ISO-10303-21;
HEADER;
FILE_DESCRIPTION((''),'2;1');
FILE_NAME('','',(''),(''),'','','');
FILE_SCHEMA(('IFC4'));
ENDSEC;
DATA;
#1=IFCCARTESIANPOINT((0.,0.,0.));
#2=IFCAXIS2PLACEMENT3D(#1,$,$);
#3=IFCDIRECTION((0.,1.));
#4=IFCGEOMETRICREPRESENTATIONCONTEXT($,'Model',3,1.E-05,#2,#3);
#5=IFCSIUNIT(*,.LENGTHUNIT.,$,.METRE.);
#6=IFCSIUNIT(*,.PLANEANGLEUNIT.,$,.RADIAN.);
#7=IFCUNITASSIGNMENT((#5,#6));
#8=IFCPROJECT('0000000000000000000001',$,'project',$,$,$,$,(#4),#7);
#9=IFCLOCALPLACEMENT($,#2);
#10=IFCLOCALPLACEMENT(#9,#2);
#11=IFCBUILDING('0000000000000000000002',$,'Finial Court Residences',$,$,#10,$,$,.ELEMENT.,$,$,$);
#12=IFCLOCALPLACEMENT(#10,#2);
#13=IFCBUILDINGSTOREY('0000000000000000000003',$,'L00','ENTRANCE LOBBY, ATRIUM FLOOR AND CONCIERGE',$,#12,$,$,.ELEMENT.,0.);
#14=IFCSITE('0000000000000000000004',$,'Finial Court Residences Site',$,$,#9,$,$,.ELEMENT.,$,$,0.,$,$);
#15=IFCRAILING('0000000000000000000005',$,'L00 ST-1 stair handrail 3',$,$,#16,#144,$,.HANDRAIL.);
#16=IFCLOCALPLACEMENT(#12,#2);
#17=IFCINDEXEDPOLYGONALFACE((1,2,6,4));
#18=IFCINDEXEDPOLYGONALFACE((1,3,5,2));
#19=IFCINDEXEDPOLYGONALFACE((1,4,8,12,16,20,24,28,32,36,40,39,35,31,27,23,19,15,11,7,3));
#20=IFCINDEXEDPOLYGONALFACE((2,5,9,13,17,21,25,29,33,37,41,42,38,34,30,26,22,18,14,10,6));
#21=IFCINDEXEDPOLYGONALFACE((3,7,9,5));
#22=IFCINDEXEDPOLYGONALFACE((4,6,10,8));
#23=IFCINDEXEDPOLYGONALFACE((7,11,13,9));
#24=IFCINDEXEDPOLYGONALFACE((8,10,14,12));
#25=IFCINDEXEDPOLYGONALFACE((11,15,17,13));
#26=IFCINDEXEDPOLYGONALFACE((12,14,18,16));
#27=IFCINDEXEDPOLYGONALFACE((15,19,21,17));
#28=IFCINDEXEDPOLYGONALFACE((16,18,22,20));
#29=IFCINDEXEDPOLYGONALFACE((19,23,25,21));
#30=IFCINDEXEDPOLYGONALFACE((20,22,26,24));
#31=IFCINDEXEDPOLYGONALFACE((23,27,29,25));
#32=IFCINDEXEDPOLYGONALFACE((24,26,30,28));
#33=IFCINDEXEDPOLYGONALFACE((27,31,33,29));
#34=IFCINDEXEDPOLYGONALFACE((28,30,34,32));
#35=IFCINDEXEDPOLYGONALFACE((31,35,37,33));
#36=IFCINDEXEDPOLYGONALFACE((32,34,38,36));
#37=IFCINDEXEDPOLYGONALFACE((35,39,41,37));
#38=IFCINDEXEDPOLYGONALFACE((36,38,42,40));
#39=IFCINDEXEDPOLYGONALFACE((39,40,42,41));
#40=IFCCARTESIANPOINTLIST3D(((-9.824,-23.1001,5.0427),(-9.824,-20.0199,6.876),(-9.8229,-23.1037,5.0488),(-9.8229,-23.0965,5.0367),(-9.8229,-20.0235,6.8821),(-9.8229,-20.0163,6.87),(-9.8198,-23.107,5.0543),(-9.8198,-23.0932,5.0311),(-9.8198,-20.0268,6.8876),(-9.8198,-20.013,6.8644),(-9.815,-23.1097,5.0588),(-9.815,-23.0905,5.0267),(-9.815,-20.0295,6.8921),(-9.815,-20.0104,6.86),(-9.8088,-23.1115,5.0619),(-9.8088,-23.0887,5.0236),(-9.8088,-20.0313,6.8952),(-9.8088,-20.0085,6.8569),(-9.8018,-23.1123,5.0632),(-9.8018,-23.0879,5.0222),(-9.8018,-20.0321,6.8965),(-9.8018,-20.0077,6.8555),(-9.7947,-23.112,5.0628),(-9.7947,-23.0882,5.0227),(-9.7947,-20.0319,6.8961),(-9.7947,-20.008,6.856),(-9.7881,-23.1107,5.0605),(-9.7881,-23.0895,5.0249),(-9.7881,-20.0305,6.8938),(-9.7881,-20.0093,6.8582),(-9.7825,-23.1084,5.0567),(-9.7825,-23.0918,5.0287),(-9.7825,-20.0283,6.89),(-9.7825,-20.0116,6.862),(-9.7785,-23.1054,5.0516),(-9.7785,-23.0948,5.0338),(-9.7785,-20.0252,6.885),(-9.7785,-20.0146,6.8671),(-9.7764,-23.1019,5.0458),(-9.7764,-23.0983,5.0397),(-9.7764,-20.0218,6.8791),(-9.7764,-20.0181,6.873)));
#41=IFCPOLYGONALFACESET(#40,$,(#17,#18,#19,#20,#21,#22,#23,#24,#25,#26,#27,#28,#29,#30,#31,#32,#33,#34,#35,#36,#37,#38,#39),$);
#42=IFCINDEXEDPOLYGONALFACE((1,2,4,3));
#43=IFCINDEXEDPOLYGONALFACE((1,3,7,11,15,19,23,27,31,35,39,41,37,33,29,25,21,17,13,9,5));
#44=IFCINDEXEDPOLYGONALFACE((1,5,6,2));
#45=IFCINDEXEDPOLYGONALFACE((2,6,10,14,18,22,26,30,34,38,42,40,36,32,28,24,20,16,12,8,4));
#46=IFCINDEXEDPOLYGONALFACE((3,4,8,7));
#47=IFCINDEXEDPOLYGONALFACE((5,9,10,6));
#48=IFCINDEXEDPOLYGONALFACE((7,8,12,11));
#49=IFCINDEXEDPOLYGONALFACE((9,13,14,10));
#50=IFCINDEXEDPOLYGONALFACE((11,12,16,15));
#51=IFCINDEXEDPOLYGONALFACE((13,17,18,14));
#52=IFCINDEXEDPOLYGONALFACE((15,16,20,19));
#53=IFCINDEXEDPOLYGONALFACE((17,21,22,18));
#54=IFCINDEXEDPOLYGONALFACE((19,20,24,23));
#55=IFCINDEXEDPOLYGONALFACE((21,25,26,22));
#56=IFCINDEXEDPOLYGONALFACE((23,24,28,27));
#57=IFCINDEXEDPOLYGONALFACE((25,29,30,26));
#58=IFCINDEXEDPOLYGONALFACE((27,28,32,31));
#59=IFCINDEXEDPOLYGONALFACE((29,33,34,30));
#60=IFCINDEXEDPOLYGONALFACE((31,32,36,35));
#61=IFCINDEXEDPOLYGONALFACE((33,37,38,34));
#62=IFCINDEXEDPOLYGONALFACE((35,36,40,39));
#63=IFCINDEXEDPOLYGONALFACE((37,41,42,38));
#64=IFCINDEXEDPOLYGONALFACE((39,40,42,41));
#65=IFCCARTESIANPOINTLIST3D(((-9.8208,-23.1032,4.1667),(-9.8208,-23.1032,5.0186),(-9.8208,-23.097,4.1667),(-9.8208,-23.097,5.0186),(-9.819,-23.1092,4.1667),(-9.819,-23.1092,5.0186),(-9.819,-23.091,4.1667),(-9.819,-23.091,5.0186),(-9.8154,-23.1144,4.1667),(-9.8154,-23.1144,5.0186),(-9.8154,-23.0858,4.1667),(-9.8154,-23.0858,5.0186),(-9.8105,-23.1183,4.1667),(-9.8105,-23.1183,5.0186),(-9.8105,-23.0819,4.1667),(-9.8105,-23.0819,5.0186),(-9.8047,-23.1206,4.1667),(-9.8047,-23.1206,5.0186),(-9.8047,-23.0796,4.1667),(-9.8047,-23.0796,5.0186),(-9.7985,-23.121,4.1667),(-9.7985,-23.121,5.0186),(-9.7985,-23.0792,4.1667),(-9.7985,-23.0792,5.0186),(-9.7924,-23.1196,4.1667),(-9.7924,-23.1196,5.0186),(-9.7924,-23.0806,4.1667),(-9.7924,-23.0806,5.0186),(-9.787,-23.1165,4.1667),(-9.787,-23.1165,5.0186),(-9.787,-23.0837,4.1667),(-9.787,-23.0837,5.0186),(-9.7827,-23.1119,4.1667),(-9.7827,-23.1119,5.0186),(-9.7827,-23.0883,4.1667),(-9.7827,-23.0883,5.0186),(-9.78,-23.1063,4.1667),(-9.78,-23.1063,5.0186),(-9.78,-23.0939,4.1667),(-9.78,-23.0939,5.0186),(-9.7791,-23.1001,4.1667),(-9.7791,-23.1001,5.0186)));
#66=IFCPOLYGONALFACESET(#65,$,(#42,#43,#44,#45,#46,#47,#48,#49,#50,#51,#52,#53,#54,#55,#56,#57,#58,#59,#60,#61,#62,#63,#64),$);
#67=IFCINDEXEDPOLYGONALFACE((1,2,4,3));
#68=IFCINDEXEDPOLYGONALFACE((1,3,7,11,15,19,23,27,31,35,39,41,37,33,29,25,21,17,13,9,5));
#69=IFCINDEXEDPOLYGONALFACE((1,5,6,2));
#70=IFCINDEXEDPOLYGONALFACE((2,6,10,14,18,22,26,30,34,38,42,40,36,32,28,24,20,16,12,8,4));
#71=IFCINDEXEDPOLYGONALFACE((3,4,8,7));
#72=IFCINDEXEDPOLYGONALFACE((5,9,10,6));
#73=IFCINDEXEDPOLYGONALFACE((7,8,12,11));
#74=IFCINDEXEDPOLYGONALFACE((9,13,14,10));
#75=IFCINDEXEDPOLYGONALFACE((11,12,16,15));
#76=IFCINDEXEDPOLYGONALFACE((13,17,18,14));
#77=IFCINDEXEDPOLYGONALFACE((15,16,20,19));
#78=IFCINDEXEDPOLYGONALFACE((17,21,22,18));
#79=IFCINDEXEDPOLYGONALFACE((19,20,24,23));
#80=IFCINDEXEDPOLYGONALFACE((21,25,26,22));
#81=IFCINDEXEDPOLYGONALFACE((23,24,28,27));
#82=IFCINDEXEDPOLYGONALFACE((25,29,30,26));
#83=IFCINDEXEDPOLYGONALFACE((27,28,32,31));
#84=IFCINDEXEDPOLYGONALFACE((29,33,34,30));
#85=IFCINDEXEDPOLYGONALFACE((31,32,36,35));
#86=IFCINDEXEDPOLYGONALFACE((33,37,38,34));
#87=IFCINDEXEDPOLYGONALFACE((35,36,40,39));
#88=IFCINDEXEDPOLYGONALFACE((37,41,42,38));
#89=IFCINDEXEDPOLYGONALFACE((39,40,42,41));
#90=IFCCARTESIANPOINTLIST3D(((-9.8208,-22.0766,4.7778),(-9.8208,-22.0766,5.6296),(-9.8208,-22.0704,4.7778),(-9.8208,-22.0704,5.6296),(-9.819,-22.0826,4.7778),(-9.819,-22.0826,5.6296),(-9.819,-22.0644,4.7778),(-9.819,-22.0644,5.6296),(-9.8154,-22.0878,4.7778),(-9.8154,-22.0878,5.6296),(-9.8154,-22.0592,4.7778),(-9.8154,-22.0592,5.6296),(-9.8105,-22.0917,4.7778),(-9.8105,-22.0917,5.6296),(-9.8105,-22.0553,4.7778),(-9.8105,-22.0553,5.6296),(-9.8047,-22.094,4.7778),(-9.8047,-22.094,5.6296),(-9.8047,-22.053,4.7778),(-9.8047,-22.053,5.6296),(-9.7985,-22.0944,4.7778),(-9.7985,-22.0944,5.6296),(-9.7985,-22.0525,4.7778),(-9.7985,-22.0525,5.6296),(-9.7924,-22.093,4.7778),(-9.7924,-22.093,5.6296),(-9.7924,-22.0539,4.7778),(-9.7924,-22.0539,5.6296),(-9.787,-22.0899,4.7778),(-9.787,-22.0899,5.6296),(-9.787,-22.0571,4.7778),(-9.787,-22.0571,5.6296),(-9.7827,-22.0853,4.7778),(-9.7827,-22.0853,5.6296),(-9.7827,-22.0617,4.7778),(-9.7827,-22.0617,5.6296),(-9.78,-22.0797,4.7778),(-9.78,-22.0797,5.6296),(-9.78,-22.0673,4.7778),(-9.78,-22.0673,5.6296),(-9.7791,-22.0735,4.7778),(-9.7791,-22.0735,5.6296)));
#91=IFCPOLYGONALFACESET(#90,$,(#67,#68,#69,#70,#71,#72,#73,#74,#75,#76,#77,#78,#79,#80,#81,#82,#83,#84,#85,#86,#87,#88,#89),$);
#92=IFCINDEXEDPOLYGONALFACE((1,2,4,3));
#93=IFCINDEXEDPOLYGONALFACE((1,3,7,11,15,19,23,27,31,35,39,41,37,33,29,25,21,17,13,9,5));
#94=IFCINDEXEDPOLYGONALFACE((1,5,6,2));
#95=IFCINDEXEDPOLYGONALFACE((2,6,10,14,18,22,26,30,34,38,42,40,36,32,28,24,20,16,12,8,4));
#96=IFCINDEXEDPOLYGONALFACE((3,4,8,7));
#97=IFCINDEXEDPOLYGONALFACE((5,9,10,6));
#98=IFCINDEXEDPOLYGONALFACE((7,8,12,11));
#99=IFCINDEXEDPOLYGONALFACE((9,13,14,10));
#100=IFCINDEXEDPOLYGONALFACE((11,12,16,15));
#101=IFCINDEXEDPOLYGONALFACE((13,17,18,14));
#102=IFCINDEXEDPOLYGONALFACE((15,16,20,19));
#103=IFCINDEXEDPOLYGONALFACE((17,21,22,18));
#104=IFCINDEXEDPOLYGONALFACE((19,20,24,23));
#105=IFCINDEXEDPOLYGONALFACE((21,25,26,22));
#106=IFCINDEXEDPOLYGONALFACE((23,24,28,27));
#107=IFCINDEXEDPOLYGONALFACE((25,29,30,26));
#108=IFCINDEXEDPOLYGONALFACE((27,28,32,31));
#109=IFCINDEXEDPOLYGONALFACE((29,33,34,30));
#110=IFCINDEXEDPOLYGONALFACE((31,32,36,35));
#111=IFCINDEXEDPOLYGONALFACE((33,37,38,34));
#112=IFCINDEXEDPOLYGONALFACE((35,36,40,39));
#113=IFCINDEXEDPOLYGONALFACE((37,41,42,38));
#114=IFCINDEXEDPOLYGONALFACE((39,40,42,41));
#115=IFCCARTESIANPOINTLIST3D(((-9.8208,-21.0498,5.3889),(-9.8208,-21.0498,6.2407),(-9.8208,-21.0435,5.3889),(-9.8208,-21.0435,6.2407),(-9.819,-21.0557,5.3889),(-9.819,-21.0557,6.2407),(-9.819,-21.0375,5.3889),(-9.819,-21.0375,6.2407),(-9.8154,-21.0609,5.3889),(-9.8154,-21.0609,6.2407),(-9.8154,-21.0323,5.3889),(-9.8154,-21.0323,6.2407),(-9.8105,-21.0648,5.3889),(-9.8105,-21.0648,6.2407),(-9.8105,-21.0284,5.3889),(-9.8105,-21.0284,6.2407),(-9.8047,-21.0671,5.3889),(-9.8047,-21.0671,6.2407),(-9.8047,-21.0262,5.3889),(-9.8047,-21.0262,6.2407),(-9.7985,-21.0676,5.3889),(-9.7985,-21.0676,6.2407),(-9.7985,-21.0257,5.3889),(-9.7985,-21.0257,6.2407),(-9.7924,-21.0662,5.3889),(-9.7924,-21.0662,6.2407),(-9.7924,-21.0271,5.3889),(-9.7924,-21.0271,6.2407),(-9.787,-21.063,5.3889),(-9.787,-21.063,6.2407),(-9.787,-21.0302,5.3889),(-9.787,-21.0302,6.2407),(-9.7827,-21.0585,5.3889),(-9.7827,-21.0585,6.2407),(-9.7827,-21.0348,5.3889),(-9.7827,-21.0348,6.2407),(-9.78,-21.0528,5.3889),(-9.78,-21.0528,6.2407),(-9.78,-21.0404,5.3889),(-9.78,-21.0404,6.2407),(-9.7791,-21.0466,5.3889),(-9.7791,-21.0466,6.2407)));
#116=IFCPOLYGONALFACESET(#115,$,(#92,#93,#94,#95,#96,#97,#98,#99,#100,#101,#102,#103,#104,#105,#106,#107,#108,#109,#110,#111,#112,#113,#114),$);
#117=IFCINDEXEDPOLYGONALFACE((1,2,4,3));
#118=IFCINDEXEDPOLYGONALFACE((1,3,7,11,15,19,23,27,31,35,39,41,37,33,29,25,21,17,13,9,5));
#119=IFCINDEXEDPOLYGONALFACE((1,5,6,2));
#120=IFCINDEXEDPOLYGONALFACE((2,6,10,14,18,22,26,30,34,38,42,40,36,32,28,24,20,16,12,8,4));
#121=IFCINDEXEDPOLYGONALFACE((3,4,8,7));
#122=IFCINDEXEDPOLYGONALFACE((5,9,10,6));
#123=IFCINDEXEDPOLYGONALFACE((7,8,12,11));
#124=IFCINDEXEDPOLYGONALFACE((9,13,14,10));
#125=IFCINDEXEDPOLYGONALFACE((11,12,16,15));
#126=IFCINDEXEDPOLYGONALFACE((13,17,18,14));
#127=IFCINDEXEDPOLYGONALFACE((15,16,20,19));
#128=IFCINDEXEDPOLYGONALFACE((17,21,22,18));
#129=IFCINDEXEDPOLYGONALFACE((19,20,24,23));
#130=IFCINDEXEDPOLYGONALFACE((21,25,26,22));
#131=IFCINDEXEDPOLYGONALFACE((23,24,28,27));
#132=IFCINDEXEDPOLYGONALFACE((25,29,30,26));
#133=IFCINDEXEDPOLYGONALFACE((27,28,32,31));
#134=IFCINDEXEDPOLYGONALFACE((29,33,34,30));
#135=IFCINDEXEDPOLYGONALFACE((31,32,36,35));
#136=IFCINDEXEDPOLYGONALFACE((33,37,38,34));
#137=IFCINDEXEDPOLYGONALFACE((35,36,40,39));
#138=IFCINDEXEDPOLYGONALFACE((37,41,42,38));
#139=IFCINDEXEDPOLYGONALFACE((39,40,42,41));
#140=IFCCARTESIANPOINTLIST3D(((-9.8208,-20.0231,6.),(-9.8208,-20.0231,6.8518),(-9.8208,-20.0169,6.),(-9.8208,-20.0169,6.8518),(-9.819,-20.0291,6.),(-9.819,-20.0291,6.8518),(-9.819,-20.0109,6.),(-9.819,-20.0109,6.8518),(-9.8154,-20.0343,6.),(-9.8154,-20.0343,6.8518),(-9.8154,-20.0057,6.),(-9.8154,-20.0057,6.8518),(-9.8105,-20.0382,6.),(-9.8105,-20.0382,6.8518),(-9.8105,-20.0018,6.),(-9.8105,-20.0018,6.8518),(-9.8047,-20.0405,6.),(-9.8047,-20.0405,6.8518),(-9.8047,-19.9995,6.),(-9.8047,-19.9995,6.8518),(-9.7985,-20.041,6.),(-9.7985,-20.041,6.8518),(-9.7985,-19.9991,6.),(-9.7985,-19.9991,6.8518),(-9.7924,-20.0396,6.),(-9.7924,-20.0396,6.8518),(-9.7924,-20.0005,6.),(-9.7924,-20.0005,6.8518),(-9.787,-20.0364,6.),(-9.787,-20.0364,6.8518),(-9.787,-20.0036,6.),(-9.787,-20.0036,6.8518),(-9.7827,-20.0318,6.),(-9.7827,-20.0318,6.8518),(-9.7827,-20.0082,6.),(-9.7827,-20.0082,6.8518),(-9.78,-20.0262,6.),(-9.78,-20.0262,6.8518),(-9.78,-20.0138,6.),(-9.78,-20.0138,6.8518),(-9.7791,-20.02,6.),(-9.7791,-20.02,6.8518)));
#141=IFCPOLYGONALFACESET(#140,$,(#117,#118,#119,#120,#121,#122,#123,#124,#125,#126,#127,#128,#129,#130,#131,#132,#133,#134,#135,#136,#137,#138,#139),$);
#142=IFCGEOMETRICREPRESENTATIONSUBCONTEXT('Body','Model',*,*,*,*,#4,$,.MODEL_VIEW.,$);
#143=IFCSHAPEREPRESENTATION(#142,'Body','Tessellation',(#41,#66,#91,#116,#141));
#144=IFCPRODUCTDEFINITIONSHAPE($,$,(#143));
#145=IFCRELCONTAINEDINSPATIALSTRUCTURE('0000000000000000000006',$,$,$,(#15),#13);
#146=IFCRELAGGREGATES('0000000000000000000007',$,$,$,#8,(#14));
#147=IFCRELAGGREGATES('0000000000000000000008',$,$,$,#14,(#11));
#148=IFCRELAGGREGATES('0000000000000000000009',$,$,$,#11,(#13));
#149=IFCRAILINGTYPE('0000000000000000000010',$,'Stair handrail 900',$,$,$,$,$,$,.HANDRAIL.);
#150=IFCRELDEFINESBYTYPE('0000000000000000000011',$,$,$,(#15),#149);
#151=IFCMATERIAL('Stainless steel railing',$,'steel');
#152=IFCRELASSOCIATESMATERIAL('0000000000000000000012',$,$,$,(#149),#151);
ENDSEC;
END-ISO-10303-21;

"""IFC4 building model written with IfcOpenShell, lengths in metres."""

from ifc_helpers import new_model, si_unit, direction, frame, origin, origin_2d, place, context, subcontext, project, spatial, circle, extrude, material, type_object, element, save


model = new_model("IFC4")

# Units and contexts
model_context = context("Model", 3, precision=1e-05, world=origin(), true_north=direction((0.0, 1.0)))
body_context = subcontext(model_context, "Body", "Model", "MODEL_VIEW")
ifc_project = project(units=[si_unit("LENGTHUNIT", "METRE"), si_unit("PLANEANGLEUNIT", "RADIAN")], contexts=[model_context])

# Site, building, storey
site_placement = place(None, origin())
site = spatial("IfcSite", under=ifc_project, at=site_placement, Name="Finial Court Residences Site", CompositionType="ELEMENT", RefElevation=0.0)
building_placement = place(site_placement, origin())
building = spatial("IfcBuilding", under=site, at=building_placement, Name="Finial Court Residences", CompositionType="ELEMENT")
storey_placement = place(building_placement, origin())
storey = spatial("IfcBuildingStorey", under=building, at=storey_placement, Name="L00", Description="ENTRANCE LOBBY, ATRIUM FLOOR AND CONCIERGE", CompositionType="ELEMENT", Elevation=0.0)

# Railing
ifc_material_1 = material(Name="Stainless steel railing", Category="steel")
railing_type_1 = type_object("IfcRailingType", Name="Stair handrail 900", PredefinedType="HANDRAIL", material=ifc_material_1)
for number, where, name in (
    (1, (-9.8, -23.1001, 4.1667), "L00 ST-1 stair handrail 3"),
):
    element("IfcRailing", number, at=place(storey_placement, frame(where)), inside=storey, type_object=railing_type_1, Name=name, PredefinedType="HANDRAIL", context=body_context, shape_type="SweptSolid", body=[
        extrude(circle(Radius=0.0239, at=origin_2d()), frame((0.0, 0.0, 0.876), z_axis=(0.0, 0.859309, 0.511458), x_axis=(-1.0, 0.0, 0.0)), (0.0, 0.0, 1.0), 3.5845),
        extrude(circle(Radius=0.021, at=origin_2d()), origin(), (0.0, 0.0, 1.0), 0.8518),
        extrude(circle(Radius=0.021, at=origin_2d()), frame((0.0, 1.0266, 0.6111)), (0.0, 0.0, 1.0), 0.8518),
        extrude(circle(Radius=0.021, at=origin_2d()), frame((0.0, 2.0535, 1.2222)), (0.0, 0.0, 1.0), 0.8518),
        extrude(circle(Radius=0.021, at=origin_2d()), frame((0.0, 3.0801, 1.8333)), (0.0, 0.0, 1.0), 0.8518),
    ])

save(model, "model.ifc")
